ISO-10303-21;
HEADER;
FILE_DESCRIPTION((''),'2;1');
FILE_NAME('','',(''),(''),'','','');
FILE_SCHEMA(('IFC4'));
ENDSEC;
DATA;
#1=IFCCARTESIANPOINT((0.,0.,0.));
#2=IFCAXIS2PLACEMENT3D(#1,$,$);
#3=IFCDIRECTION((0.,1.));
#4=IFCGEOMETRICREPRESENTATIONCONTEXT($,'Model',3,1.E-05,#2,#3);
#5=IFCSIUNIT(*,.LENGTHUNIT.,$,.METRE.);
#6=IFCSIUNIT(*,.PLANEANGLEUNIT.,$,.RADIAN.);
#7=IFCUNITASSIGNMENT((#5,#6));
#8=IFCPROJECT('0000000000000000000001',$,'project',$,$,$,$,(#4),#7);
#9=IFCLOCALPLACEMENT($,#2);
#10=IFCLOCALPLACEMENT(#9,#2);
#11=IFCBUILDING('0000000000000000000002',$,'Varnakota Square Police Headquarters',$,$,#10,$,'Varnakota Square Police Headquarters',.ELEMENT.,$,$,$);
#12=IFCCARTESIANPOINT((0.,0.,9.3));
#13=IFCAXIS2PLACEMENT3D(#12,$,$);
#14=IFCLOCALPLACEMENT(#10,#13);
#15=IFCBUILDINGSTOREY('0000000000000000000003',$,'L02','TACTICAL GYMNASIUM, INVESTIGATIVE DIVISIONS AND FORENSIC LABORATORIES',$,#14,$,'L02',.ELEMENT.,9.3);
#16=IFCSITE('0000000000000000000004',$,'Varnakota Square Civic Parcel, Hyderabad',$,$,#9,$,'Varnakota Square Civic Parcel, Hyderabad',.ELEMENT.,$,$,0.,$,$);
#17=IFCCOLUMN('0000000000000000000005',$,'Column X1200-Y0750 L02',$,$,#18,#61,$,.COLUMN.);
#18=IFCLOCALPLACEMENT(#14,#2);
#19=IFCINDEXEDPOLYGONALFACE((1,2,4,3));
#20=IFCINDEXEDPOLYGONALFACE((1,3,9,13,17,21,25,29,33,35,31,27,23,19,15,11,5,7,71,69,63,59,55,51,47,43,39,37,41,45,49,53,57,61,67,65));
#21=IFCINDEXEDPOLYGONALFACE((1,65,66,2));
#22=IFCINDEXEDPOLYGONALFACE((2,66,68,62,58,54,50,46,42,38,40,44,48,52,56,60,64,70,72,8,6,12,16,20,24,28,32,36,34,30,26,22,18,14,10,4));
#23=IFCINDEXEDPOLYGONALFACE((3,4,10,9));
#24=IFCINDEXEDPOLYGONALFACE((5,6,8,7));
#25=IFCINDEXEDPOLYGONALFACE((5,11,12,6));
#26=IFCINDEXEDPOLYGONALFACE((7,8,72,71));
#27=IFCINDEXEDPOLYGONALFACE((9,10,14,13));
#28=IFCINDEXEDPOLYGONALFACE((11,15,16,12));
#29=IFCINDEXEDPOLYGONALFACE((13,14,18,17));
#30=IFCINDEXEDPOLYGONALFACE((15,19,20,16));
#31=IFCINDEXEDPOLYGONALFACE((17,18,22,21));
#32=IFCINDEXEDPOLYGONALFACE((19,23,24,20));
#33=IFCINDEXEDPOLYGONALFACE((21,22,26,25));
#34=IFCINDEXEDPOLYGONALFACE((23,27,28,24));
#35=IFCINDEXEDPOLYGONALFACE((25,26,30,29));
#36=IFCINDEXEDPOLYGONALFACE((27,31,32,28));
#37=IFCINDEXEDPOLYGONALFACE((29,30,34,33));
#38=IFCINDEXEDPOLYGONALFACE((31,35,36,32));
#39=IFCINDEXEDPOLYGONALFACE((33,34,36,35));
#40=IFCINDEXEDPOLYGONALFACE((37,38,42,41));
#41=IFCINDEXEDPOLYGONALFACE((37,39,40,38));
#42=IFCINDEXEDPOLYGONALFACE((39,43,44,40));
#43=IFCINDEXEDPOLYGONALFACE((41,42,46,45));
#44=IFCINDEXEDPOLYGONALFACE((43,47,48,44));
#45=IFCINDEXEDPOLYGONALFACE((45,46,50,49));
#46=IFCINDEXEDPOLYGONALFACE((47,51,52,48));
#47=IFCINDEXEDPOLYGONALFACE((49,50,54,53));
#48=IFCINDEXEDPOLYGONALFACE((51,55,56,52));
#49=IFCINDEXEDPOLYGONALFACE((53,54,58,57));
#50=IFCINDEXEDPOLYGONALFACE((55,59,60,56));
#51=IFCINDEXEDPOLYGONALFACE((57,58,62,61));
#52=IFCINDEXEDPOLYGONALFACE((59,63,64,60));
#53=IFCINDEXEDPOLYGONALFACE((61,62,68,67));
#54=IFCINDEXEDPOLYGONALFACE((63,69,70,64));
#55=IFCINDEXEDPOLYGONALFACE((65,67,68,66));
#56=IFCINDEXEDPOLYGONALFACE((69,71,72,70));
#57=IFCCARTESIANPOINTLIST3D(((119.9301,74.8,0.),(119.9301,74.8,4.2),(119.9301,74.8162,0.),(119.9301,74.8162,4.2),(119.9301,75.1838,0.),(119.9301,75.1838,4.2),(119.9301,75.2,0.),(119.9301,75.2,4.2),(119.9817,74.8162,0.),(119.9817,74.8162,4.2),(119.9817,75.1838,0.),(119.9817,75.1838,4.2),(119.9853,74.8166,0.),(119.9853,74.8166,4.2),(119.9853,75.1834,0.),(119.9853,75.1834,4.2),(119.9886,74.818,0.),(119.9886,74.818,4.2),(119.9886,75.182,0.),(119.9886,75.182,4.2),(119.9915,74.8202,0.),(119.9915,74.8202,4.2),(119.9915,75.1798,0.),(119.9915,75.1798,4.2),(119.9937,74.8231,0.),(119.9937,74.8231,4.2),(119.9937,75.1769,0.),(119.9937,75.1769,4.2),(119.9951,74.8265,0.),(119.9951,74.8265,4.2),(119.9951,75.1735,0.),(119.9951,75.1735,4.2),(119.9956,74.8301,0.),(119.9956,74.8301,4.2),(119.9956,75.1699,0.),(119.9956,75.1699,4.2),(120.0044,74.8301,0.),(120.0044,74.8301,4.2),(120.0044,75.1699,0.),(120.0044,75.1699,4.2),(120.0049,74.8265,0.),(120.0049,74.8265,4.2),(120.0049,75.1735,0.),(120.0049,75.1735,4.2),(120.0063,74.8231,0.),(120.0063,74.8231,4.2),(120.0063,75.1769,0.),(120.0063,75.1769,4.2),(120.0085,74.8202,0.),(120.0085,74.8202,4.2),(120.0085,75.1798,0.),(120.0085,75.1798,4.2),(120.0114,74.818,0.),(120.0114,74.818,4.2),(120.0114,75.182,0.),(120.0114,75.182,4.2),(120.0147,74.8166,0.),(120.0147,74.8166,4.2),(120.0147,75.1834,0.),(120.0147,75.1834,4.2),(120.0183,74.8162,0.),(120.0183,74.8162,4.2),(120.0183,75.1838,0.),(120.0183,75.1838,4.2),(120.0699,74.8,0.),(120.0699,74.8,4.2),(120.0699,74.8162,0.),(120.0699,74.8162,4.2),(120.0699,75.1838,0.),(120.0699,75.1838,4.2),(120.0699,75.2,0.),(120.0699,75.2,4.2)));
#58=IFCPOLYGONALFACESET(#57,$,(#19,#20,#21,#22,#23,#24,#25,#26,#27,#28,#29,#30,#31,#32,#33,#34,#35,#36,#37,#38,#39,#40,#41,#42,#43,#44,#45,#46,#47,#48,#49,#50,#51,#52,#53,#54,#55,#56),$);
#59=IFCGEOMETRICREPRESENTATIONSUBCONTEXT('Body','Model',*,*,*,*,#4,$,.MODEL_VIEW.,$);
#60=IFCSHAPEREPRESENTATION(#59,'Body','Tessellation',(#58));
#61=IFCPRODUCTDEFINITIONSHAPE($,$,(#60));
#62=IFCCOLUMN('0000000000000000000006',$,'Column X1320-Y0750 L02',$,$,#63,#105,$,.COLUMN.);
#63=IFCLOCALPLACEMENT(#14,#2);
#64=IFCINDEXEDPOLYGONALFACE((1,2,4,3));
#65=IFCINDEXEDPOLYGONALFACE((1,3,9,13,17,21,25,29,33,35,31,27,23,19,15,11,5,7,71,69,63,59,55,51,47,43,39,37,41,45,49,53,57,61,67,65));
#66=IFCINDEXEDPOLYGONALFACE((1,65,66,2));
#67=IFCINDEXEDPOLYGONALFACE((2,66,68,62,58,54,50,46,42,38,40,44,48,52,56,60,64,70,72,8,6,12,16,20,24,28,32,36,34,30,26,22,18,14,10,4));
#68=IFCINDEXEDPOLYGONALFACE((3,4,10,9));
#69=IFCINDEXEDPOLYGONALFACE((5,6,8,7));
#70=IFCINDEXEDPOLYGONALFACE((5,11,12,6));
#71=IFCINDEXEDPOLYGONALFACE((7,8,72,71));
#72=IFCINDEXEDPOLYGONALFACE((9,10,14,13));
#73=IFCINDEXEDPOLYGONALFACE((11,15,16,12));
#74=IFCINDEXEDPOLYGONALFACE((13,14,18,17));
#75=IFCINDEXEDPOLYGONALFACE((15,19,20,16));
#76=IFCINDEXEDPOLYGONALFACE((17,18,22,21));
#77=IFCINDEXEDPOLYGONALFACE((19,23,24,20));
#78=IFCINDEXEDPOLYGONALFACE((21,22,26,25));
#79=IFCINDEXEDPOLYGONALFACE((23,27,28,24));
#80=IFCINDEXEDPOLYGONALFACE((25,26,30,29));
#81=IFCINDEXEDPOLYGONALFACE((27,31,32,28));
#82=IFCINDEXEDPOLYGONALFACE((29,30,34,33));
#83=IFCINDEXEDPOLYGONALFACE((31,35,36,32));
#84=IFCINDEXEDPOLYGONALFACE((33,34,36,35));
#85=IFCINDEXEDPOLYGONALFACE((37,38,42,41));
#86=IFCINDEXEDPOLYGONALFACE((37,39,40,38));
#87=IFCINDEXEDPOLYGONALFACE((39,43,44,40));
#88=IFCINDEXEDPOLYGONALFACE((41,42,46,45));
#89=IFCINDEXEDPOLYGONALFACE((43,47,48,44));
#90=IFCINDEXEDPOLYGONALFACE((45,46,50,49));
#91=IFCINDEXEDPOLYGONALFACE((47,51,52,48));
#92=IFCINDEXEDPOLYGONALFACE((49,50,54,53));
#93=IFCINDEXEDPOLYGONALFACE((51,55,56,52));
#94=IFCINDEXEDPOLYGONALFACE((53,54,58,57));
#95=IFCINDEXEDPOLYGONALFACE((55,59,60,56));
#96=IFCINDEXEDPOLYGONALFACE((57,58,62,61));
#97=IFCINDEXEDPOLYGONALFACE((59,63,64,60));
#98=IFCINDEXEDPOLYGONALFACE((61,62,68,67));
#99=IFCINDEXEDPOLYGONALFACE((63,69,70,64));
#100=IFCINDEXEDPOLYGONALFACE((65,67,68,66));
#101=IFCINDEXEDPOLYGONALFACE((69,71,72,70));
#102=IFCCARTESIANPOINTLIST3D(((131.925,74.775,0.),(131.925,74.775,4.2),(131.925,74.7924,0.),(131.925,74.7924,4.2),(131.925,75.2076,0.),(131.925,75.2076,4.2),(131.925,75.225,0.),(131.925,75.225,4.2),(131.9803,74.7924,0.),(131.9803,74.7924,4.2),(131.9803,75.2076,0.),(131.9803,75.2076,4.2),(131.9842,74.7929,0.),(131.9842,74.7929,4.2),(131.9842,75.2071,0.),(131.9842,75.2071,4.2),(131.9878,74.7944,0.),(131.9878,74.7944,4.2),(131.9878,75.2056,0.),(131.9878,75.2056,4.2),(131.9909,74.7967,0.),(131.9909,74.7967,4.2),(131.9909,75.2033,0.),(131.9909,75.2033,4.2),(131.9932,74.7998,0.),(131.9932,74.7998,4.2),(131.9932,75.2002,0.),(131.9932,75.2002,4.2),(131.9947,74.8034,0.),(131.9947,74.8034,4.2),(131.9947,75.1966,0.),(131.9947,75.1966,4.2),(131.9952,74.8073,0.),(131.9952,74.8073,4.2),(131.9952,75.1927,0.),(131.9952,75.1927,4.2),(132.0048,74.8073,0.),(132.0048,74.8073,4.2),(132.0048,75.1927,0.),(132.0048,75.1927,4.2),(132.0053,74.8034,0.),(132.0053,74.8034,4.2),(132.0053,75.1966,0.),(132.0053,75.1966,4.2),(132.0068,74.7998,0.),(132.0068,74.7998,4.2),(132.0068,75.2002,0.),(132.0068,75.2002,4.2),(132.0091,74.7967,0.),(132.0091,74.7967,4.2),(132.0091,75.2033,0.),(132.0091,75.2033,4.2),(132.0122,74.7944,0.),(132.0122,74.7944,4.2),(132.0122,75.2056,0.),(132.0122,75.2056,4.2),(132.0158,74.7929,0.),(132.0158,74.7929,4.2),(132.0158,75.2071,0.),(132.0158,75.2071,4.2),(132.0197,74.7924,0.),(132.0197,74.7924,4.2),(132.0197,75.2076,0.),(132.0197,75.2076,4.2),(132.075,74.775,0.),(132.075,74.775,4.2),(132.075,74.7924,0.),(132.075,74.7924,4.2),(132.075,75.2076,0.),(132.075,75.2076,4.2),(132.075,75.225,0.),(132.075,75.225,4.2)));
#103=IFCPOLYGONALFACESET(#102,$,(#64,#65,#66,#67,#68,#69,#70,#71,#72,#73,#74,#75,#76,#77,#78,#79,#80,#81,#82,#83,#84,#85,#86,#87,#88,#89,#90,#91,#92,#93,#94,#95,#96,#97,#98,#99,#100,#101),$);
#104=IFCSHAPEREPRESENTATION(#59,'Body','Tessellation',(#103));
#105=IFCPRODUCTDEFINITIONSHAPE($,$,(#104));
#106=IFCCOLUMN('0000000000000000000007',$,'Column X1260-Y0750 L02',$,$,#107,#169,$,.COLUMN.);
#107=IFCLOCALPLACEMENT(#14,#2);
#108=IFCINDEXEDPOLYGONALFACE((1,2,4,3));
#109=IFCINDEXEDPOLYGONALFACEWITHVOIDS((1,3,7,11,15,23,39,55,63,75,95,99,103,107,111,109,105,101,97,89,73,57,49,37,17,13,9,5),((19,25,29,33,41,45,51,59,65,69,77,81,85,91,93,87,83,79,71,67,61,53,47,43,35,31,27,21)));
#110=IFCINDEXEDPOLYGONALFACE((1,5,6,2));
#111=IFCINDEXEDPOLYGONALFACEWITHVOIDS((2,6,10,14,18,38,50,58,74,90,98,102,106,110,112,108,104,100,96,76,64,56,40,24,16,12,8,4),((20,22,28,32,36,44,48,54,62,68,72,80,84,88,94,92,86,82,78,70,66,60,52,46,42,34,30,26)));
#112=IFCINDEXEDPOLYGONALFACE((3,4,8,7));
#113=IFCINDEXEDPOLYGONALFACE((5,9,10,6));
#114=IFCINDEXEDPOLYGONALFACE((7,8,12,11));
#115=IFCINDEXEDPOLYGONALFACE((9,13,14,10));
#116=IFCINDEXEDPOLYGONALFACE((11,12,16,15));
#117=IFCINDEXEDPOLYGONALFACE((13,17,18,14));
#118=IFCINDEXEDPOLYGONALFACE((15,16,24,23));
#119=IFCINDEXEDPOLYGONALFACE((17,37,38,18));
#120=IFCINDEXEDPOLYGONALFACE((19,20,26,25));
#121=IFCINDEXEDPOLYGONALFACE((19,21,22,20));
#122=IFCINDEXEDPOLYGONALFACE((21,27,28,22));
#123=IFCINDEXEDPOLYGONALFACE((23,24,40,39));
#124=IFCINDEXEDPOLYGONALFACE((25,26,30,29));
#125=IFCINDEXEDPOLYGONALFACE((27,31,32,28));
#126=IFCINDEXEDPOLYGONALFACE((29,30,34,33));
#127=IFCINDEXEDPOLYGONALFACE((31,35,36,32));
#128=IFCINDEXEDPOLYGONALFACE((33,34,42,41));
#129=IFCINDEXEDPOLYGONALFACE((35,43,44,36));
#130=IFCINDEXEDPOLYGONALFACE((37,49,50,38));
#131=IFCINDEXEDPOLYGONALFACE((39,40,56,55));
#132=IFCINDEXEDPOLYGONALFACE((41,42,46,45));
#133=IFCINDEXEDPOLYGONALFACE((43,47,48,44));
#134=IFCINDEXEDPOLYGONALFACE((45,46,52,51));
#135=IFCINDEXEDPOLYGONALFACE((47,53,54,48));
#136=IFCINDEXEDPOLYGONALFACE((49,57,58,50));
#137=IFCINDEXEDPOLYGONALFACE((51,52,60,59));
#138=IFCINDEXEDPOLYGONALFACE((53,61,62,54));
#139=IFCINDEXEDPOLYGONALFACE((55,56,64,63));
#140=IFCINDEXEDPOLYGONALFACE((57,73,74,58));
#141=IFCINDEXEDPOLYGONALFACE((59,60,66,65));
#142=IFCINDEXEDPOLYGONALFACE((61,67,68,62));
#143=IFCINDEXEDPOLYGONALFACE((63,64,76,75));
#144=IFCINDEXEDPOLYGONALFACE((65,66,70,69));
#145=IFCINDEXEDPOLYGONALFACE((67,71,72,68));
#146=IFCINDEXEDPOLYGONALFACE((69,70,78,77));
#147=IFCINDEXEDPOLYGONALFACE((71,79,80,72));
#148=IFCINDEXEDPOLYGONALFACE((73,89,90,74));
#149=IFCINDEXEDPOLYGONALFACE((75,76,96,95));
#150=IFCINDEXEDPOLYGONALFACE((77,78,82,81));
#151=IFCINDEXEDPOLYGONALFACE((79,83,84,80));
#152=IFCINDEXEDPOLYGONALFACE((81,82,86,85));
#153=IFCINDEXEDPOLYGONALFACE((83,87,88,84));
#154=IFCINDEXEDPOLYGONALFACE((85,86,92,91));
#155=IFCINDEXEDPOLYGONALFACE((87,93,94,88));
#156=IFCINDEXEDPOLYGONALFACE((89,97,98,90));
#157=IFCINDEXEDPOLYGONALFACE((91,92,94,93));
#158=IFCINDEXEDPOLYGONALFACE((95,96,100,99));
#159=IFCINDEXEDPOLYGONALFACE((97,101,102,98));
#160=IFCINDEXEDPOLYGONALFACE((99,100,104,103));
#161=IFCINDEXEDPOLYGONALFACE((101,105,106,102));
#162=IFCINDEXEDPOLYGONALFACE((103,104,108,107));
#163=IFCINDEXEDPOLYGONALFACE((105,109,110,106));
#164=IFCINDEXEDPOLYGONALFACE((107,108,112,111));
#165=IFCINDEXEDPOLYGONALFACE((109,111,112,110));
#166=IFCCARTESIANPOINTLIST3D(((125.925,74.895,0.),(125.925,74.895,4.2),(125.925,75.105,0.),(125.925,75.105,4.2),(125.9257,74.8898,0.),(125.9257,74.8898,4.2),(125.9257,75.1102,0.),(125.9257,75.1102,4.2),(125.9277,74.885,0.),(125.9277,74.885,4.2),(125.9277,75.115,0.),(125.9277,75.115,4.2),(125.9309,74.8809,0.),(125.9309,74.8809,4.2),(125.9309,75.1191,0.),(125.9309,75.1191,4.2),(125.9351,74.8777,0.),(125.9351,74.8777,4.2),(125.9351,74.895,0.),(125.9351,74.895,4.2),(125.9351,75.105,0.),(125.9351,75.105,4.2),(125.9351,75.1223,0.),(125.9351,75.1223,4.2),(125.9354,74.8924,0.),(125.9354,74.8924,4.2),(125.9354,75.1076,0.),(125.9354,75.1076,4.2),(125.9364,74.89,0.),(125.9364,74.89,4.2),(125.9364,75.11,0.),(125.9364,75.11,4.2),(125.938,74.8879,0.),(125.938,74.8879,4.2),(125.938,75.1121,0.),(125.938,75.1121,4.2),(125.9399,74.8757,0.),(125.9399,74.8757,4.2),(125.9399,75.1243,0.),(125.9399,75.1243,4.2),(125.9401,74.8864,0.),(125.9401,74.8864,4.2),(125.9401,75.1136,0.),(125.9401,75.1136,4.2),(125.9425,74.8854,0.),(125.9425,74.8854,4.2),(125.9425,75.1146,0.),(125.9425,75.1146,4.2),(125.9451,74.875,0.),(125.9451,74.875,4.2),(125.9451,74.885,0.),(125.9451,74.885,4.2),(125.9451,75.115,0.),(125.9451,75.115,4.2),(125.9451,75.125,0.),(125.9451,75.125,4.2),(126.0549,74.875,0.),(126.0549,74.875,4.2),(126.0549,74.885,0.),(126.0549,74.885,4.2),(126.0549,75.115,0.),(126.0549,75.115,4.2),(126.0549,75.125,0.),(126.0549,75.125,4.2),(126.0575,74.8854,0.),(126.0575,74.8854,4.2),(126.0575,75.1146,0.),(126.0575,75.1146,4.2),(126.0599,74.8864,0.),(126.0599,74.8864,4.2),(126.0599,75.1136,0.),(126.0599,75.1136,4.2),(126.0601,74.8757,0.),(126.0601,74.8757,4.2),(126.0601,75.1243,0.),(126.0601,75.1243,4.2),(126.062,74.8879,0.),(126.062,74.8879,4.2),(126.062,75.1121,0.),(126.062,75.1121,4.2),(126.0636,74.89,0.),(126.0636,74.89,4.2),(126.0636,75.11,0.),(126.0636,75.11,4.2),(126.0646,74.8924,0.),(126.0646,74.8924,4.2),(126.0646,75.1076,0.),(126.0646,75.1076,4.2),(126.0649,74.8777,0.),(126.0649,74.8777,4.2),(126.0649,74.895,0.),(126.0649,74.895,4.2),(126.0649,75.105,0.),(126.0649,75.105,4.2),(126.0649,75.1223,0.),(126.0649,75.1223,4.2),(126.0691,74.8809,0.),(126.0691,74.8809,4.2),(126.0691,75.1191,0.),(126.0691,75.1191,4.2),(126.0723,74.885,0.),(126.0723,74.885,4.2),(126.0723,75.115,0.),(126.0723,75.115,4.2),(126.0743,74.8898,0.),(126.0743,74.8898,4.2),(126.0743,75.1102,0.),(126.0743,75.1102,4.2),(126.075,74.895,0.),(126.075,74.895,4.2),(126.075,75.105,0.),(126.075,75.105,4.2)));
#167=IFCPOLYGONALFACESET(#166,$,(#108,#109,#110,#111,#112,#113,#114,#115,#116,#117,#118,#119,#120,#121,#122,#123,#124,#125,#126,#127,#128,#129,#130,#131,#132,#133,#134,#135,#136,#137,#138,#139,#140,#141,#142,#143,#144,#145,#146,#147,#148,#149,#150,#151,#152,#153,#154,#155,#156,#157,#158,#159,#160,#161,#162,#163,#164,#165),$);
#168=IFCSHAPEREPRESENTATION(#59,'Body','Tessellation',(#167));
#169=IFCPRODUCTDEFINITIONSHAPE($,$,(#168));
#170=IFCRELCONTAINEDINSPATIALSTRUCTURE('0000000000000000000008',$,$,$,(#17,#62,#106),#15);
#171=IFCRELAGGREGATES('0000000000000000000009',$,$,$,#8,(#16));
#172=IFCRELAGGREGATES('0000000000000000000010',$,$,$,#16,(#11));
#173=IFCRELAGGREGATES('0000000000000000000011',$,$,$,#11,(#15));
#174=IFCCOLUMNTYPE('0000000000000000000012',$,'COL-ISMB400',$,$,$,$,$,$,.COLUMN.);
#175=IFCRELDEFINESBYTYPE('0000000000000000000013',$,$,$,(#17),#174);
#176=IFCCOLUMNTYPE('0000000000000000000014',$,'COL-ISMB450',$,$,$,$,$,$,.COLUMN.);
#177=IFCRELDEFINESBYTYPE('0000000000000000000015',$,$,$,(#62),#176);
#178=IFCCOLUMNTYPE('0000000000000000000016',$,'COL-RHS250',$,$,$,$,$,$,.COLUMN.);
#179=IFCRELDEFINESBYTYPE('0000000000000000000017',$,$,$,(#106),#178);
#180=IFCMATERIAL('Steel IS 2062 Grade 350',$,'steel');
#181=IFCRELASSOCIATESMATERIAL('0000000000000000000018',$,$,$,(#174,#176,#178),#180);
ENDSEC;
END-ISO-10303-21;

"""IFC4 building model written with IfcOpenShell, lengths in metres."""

from ifc_helpers import new_model, si_unit, direction, frame, origin, origin_2d, place, context, subcontext, project, spatial, hollow_rectangle, i_section, extrude, material, material_profile, profile_set, type_object, element, save


model = new_model("IFC4")

# Units and contexts
model_context = context("Model", 3, precision=1e-05, world=origin(), true_north=direction((0.0, 1.0)))
body_context = subcontext(model_context, "Body", "Model", "MODEL_VIEW")
ifc_project = project(units=[si_unit("LENGTHUNIT", "METRE"), si_unit("PLANEANGLEUNIT", "RADIAN")], contexts=[model_context])

# Site, building, storey
site_placement = place(None, origin())
site = spatial("IfcSite", under=ifc_project, at=site_placement, Name="Varnakota Square Civic Parcel, Hyderabad", LongName="Varnakota Square Civic Parcel, Hyderabad", CompositionType="ELEMENT", RefElevation=0.0)
building_placement = place(site_placement, origin())
building = spatial("IfcBuilding", under=site, at=building_placement, Name="Varnakota Square Police Headquarters", LongName="Varnakota Square Police Headquarters", CompositionType="ELEMENT")
storey_placement = place(building_placement, frame((0.0, 0.0, 9.3)))
storey = spatial("IfcBuildingStorey", under=building, at=storey_placement, Name="L02", Description="TACTICAL GYMNASIUM, INVESTIGATIVE DIVISIONS AND FORENSIC LABORATORIES", LongName="L02", CompositionType="ELEMENT", Elevation=9.3)

# Columns
ifc_material_1 = material(Name="Steel IS 2062 Grade 350", Category="steel")
ifc_material_profile_1 = material_profile(ifc_material_1, i_section(OverallWidth=0.1399, OverallDepth=0.3999, WebThickness=0.0088, FlangeThickness=0.0161, FilletRadius=0.0139, at=origin_2d()), Name="ISMB 400")
ifc_profile_set_1 = profile_set([ifc_material_profile_1], Name="Steel IS 2062 Grade 350")
column_type_1 = type_object("IfcColumnType", Name="COL-ISMB400", PredefinedType="COLUMN", material=ifc_profile_set_1)
column_1_placement = place(storey_placement, frame((120.0, 75.0, 0.0), z_axis=(0.0, 0.0, 1.0), x_axis=(1.0, 0.0, 0.0)))
element("IfcColumn", 1, at=column_1_placement, inside=storey, type_object=column_type_1, Name="Column X1200-Y0750 L02", PredefinedType="COLUMN", context=body_context, shape_type="SweptSolid", body=[
    extrude(i_section(OverallWidth=0.1399, OverallDepth=0.3999, WebThickness=0.0088, FlangeThickness=0.0161, FilletRadius=0.0139, at=origin_2d()), origin(), (0.0, 0.0, 1.0), 4.2),
])
ifc_material_profile_2 = material_profile(ifc_material_1, i_section(OverallWidth=0.1499, OverallDepth=0.45, WebThickness=0.0095, FlangeThickness=0.0173, FilletRadius=0.0149, at=origin_2d()), Name="ISMB 450")
ifc_profile_set_2 = profile_set([ifc_material_profile_2], Name="Steel IS 2062 Grade 350")
column_type_2 = type_object("IfcColumnType", Name="COL-ISMB450", PredefinedType="COLUMN", material=ifc_profile_set_2)
column_2_placement = place(storey_placement, frame((132.0, 75.0, 0.0), z_axis=(0.0, 0.0, 1.0), x_axis=(1.0, 0.0, 0.0)))
element("IfcColumn", 2, at=column_2_placement, inside=storey, type_object=column_type_2, Name="Column X1320-Y0750 L02", PredefinedType="COLUMN", context=body_context, shape_type="SweptSolid", body=[
    extrude(i_section(OverallWidth=0.1499, OverallDepth=0.45, WebThickness=0.0095, FlangeThickness=0.0173, FilletRadius=0.0149, at=origin_2d()), origin(), (0.0, 0.0, 1.0), 4.2),
])
ifc_material_profile_3 = material_profile(ifc_material_1, hollow_rectangle(XDim=0.1499, YDim=0.25, WallThickness=0.01, InnerFilletRadius=0.01, OuterFilletRadius=0.02, at=origin_2d()), Name="RHS 250x150x10")
ifc_profile_set_3 = profile_set([ifc_material_profile_3], Name="Steel IS 2062 Grade 350")
column_type_3 = type_object("IfcColumnType", Name="COL-RHS250", PredefinedType="COLUMN", material=ifc_profile_set_3)
column_3_placement = place(storey_placement, frame((126.0, 75.0, 0.0), z_axis=(0.0, 0.0, 1.0), x_axis=(1.0, 0.0, 0.0)))
element("IfcColumn", 3, at=column_3_placement, inside=storey, type_object=column_type_3, Name="Column X1260-Y0750 L02", PredefinedType="COLUMN", context=body_context, shape_type="SweptSolid", body=[
    extrude(hollow_rectangle(XDim=0.1499, YDim=0.25, WallThickness=0.01, InnerFilletRadius=0.01, OuterFilletRadius=0.02, at=origin_2d()), origin(), (0.0, 0.0, 1.0), 4.2),
])

save(model, "model.ifc")
